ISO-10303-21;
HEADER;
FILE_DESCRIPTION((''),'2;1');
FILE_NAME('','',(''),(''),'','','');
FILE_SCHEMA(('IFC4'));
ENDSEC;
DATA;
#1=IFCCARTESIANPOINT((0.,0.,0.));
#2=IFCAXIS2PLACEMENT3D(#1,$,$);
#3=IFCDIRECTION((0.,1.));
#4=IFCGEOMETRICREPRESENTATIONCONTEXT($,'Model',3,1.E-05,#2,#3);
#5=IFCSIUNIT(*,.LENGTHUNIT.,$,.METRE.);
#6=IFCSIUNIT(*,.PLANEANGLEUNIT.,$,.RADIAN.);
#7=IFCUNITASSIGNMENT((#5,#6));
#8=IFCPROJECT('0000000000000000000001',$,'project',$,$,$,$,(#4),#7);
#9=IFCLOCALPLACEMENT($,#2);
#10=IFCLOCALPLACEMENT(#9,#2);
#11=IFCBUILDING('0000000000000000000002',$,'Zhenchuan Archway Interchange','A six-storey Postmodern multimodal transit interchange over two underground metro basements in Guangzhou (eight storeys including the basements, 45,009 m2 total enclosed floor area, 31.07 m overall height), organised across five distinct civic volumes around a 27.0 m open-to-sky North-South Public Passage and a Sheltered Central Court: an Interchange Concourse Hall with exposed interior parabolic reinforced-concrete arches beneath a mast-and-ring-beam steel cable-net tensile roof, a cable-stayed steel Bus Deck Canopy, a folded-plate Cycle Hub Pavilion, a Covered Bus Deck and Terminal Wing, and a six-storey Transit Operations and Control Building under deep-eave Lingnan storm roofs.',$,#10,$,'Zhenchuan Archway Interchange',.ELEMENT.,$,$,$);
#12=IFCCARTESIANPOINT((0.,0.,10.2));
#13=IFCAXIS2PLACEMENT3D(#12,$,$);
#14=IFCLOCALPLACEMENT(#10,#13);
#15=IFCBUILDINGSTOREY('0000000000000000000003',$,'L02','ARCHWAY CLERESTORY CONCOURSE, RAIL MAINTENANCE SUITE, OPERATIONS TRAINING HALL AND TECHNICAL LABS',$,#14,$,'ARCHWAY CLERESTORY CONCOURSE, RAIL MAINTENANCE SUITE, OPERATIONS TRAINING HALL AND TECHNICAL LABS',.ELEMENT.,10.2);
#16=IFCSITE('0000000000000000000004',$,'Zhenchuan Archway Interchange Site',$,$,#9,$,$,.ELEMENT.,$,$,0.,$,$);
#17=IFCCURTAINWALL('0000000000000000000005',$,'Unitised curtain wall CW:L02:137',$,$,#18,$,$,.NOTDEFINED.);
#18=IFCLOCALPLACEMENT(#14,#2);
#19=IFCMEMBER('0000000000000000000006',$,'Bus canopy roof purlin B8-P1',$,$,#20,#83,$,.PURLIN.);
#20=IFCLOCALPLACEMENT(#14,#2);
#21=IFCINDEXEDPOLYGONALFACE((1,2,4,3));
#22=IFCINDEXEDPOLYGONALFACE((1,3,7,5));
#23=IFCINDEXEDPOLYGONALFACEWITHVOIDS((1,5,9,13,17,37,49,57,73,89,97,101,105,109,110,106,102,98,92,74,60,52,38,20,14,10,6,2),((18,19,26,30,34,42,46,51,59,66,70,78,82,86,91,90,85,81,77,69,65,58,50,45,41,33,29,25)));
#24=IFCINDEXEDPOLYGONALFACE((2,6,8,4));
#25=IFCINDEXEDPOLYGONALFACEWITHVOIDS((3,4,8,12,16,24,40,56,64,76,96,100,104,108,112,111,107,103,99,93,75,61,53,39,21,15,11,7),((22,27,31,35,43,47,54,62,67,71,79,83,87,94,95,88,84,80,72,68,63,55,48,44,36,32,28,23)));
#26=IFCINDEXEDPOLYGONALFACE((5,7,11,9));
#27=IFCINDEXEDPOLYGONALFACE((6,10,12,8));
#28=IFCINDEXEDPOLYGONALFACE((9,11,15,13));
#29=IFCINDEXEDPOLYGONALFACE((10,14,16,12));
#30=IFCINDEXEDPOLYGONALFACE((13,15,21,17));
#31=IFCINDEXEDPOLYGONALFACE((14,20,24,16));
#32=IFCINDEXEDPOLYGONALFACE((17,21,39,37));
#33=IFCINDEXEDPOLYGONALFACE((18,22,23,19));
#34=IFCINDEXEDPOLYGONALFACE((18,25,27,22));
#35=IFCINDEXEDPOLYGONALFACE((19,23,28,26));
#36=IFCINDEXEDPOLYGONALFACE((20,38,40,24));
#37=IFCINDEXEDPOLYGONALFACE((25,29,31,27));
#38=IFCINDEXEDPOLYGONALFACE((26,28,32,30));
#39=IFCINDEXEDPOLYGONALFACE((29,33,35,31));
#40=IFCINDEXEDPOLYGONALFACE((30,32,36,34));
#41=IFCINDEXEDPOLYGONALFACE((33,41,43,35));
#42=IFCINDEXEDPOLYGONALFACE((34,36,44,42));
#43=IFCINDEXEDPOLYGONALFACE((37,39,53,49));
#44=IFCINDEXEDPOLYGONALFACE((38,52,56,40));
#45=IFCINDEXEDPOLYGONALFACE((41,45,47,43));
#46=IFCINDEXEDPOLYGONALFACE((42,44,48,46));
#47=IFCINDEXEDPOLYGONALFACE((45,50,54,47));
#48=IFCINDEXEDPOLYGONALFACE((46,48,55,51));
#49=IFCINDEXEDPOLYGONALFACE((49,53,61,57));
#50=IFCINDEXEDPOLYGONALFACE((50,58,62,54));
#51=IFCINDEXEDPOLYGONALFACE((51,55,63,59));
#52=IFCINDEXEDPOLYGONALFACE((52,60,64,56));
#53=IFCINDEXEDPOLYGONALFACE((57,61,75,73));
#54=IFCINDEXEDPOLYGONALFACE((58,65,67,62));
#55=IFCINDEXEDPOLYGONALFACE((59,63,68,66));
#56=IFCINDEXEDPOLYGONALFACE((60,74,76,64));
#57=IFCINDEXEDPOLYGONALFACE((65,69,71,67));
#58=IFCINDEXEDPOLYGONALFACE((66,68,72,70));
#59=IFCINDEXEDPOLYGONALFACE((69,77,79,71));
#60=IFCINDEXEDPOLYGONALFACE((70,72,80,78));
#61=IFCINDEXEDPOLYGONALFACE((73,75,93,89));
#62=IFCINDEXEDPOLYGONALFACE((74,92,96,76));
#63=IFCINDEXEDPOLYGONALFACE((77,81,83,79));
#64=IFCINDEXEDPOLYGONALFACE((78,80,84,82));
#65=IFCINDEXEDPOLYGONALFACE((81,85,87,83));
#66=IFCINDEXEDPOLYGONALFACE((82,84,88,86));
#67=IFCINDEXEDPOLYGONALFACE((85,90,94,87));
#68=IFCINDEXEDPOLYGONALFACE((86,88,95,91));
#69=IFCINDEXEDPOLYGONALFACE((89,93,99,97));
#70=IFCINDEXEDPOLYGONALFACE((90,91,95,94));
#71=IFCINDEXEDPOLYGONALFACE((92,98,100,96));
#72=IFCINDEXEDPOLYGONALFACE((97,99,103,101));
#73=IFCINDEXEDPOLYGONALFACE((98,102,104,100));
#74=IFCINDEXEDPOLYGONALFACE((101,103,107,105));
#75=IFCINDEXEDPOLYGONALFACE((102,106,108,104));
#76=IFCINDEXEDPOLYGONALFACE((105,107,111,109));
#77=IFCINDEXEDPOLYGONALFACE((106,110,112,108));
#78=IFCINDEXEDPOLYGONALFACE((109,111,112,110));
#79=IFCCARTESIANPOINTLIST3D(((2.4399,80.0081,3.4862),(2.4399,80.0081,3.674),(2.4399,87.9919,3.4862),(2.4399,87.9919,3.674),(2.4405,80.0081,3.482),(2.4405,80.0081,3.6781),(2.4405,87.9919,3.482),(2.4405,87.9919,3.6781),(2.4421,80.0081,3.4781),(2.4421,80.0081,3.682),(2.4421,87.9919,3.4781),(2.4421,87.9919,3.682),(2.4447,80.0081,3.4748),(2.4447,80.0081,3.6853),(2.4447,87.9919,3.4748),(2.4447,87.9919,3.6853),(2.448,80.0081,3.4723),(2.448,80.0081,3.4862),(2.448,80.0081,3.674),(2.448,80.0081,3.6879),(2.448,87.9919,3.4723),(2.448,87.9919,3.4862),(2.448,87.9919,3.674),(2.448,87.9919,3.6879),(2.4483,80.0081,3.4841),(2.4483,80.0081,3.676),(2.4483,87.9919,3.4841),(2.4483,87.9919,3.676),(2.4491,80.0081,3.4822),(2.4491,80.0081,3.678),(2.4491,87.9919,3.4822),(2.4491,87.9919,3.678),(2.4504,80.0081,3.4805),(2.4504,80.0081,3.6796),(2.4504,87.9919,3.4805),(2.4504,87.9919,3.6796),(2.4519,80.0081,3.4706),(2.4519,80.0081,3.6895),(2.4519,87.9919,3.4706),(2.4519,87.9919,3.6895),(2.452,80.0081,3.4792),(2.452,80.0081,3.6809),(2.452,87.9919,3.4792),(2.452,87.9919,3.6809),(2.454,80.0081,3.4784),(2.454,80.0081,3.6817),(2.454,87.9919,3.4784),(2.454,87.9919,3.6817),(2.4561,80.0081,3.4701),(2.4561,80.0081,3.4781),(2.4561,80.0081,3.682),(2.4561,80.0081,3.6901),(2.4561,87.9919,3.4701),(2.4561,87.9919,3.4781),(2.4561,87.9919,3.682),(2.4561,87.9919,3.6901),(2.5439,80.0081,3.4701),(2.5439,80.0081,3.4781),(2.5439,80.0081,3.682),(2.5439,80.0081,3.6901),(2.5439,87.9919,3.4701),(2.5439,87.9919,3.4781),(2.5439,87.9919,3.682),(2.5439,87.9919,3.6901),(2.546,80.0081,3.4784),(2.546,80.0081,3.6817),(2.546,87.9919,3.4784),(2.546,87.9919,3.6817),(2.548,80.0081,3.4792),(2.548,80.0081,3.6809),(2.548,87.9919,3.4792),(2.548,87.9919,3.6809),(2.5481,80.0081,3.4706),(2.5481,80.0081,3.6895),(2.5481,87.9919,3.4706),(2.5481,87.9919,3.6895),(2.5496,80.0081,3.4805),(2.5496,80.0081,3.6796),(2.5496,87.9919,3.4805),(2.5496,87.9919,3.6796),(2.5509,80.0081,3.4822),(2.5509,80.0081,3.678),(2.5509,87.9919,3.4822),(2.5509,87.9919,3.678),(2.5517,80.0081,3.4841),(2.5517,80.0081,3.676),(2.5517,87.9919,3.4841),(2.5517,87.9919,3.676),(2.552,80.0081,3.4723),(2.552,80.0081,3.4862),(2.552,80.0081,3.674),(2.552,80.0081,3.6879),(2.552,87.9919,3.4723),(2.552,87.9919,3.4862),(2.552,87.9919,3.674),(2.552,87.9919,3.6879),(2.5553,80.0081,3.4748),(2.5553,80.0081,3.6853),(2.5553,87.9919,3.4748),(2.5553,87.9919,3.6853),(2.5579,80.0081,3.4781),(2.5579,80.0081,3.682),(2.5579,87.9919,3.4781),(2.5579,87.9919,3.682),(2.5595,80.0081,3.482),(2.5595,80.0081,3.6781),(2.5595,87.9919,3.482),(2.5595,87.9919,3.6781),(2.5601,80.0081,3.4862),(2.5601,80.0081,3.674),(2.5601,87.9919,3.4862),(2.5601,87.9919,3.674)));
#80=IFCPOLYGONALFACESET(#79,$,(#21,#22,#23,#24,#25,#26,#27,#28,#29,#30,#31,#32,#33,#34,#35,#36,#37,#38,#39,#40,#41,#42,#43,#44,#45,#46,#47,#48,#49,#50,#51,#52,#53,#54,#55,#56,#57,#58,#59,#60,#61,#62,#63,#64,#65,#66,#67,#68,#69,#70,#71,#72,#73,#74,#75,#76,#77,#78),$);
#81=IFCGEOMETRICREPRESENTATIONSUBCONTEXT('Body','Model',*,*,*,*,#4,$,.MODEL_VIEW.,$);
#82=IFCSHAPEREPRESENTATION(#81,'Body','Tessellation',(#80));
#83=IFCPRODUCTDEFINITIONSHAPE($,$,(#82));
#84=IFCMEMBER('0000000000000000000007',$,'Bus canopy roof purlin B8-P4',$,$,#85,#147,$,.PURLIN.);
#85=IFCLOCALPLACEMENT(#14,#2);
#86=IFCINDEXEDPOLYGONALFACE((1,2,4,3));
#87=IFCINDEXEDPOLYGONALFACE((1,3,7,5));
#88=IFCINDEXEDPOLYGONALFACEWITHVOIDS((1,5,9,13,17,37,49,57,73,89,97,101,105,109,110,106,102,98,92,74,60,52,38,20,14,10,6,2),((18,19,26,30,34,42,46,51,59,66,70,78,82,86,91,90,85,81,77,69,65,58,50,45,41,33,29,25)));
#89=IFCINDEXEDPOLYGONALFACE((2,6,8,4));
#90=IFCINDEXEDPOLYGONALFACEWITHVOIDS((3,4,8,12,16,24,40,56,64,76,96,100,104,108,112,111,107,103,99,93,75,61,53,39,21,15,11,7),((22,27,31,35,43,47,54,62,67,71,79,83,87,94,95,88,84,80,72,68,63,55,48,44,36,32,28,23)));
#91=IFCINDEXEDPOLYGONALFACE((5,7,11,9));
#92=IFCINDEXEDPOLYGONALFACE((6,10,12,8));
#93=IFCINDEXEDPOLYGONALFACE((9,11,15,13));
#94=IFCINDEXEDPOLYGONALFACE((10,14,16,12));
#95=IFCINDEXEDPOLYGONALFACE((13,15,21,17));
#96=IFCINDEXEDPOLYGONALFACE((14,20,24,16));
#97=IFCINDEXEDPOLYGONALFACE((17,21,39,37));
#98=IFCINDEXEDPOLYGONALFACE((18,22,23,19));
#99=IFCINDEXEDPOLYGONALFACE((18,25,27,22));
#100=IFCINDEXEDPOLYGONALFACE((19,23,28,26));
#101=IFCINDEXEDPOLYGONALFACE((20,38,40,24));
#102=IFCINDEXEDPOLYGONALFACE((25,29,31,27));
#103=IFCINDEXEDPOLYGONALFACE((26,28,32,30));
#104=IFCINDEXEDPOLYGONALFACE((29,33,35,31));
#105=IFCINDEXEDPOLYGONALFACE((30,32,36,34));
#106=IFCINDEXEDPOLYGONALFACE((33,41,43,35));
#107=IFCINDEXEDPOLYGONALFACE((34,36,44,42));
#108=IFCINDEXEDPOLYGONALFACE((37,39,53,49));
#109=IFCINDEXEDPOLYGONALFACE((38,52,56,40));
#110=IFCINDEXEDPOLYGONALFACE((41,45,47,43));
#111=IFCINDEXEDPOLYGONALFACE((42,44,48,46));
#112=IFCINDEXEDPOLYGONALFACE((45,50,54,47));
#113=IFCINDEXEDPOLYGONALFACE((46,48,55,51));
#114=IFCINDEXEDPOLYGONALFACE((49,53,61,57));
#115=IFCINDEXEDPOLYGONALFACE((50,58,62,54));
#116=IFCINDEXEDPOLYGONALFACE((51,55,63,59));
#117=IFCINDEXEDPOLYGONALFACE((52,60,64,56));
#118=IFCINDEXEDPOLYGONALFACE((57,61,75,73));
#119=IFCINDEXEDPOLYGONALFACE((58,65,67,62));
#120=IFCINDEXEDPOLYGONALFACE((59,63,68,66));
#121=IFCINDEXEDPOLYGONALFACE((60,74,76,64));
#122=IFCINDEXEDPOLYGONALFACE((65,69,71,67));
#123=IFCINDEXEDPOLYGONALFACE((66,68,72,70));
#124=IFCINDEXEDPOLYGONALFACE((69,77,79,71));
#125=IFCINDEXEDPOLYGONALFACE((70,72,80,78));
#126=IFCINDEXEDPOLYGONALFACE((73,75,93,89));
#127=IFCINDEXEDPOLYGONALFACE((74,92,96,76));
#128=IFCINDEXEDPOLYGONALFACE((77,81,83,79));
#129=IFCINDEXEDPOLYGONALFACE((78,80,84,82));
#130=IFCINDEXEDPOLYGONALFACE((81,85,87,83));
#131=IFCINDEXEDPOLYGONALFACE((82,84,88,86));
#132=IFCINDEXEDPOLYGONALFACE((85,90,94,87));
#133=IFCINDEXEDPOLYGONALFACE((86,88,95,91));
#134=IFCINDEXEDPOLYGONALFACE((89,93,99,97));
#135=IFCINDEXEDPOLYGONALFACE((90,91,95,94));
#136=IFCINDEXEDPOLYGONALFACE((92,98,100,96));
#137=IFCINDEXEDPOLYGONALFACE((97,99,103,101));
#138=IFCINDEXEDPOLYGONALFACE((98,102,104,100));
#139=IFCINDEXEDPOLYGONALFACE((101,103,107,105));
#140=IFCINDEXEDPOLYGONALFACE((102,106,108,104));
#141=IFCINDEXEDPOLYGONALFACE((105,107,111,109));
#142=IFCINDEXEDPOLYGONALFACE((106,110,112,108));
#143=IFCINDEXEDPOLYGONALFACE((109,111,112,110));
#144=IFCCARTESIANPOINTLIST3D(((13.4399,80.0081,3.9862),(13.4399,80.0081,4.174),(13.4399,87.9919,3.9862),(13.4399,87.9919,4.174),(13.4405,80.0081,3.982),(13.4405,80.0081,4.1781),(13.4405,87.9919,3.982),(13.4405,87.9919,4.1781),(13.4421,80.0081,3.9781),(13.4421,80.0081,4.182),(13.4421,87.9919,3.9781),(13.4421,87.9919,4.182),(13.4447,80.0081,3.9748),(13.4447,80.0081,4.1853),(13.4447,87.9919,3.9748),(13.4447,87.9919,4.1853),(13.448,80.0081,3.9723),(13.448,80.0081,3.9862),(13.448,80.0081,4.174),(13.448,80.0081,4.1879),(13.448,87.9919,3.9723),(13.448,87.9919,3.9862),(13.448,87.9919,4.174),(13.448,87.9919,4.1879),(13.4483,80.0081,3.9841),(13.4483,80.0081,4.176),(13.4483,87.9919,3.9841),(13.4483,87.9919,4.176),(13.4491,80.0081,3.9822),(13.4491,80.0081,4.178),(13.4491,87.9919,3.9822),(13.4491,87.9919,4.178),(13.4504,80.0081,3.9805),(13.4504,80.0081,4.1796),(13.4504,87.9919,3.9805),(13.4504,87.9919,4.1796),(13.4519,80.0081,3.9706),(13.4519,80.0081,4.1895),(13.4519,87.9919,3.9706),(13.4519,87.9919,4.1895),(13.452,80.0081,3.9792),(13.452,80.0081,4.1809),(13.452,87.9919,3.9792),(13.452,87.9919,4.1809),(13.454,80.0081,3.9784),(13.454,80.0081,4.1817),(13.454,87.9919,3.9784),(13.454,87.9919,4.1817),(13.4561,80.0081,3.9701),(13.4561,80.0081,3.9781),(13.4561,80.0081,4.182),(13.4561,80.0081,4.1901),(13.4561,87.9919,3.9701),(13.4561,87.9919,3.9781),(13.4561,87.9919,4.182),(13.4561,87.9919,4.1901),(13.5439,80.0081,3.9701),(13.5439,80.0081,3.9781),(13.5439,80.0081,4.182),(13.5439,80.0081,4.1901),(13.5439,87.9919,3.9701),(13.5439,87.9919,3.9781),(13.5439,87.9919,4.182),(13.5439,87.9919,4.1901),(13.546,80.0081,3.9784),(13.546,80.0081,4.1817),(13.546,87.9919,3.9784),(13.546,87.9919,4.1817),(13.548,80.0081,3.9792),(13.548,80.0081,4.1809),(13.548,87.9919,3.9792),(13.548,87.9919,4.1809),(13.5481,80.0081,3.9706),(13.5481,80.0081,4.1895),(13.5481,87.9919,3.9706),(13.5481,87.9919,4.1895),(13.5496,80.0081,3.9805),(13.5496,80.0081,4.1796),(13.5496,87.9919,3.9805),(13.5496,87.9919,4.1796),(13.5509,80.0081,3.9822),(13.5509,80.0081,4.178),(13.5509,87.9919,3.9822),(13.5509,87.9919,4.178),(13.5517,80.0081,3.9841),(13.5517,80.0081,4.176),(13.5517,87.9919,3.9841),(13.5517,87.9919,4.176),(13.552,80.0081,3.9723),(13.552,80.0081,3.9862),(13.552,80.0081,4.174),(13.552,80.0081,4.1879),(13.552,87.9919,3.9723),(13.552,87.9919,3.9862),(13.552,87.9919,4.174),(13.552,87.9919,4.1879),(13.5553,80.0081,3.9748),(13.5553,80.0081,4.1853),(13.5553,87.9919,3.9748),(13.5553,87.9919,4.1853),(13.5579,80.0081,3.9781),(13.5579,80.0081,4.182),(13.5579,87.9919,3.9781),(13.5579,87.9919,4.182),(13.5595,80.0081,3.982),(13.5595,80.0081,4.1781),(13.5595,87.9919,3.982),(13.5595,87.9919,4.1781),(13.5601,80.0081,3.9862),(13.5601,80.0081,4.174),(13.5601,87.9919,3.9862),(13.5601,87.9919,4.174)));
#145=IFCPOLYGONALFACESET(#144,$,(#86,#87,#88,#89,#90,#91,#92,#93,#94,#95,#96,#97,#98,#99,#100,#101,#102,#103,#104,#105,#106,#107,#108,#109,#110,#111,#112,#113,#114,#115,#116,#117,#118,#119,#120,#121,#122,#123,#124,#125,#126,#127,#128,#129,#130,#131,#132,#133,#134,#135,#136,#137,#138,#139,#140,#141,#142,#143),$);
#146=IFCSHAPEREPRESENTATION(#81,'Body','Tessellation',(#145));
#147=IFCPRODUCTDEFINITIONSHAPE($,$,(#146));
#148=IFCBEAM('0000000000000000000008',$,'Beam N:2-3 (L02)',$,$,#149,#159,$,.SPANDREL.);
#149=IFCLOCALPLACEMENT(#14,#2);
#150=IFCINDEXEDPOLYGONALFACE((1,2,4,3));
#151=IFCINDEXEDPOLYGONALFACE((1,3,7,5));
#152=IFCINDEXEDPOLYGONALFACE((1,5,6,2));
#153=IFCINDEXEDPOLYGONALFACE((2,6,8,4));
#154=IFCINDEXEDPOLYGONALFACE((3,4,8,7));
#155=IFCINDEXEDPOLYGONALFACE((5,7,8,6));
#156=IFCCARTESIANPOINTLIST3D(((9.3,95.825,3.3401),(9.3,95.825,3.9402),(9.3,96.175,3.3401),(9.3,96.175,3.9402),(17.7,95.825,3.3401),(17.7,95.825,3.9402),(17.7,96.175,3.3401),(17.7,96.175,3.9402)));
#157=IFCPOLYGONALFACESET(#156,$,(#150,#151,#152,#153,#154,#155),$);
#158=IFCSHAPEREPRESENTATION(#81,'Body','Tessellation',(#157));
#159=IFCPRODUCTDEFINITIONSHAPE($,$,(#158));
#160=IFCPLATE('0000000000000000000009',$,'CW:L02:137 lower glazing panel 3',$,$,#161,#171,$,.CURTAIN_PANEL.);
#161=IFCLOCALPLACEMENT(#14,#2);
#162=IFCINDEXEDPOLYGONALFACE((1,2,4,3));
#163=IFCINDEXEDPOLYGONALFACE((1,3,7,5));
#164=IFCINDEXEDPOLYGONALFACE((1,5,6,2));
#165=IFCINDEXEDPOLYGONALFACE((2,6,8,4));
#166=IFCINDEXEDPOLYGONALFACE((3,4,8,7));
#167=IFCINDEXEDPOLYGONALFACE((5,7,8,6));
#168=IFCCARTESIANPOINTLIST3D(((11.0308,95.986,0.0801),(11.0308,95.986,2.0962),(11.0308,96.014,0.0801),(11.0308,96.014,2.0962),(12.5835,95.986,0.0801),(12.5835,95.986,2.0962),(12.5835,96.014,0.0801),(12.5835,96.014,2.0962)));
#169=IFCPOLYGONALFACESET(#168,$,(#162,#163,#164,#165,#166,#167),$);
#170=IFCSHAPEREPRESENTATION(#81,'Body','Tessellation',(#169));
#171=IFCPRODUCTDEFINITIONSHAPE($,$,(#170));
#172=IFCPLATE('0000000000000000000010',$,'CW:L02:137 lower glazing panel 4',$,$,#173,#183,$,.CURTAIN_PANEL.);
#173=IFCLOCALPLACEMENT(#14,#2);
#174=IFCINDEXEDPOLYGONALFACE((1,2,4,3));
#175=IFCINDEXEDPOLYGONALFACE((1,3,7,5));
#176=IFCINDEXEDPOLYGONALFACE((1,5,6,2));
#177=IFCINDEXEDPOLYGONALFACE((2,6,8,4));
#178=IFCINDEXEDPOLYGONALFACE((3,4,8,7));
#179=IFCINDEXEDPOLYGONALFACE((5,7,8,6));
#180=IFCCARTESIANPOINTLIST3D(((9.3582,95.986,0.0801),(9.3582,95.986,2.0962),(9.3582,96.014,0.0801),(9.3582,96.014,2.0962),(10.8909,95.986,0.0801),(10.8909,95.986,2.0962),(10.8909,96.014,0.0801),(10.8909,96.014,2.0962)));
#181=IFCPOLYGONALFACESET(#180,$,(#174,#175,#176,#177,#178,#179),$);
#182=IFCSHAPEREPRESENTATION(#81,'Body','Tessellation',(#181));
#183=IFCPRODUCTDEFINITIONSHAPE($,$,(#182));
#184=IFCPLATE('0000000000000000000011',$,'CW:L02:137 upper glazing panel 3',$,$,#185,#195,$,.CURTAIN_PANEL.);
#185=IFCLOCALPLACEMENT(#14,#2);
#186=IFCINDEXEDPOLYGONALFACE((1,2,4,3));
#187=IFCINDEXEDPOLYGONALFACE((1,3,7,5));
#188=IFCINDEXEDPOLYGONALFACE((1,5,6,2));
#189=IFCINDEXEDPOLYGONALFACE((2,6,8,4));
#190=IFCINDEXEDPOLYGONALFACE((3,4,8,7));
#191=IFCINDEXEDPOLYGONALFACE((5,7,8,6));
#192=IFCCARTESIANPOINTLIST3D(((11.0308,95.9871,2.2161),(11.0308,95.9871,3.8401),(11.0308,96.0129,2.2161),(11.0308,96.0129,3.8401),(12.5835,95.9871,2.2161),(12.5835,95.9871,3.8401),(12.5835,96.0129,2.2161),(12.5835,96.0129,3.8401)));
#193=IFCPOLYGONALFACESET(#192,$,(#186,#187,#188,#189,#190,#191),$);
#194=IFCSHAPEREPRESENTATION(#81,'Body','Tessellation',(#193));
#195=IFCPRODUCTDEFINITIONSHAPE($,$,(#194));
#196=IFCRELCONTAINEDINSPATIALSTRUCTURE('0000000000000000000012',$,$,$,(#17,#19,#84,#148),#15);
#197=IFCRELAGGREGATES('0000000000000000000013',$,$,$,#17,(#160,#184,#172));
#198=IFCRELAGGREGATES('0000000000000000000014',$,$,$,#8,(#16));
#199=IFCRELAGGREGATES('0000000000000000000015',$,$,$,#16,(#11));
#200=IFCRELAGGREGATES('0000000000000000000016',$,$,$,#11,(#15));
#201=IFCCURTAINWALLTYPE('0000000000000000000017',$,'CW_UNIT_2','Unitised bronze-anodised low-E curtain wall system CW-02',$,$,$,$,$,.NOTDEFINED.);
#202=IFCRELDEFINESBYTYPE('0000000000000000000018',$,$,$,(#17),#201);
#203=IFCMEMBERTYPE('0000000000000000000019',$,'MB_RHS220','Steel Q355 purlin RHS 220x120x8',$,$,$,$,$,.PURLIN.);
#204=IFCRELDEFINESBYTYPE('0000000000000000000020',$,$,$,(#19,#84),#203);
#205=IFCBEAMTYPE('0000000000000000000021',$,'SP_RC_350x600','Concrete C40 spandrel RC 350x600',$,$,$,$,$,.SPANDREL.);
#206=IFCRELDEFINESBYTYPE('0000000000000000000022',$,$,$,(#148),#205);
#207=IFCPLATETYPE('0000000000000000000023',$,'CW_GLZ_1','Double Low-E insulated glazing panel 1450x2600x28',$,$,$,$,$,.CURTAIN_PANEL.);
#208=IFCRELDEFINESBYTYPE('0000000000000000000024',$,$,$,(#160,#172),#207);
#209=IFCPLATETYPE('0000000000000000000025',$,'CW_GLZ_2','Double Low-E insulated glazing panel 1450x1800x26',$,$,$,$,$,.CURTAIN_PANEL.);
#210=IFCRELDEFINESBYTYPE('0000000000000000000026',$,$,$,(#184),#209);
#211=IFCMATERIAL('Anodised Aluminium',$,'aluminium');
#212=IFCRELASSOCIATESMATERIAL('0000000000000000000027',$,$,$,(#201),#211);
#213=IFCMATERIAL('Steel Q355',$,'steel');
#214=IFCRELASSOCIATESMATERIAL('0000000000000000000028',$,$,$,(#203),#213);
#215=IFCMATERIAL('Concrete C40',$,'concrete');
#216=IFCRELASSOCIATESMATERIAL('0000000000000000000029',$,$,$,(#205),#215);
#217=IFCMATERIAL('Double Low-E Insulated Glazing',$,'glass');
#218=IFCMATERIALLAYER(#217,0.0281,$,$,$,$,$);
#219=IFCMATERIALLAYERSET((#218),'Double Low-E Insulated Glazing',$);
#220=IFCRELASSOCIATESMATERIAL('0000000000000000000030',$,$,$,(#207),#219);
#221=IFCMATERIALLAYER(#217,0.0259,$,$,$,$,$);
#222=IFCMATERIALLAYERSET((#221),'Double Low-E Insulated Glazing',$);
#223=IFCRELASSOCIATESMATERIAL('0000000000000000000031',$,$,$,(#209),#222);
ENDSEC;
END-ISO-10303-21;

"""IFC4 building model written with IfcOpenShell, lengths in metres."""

from ifc_helpers import new_model, si_unit, direction, frame, origin, origin_2d, place, context, subcontext, project, spatial, rectangle, hollow_rectangle, extrude, material, layer, layer_set, material_profile, profile_set, type_object, element, aggregate, save


model = new_model("IFC4")

# Units and contexts
model_context = context("Model", 3, precision=1e-05, world=origin(), true_north=direction((0.0, 1.0)))
body_context = subcontext(model_context, "Body", "Model", "MODEL_VIEW")
ifc_project = project(units=[si_unit("LENGTHUNIT", "METRE"), si_unit("PLANEANGLEUNIT", "RADIAN")], contexts=[model_context])

# Site, building, storey
site_placement = place(None, origin())
site = spatial("IfcSite", under=ifc_project, at=site_placement, Name="Zhenchuan Archway Interchange Site", CompositionType="ELEMENT", RefElevation=0.0)
building_placement = place(site_placement, origin())
building = spatial("IfcBuilding", under=site, at=building_placement, Name="Zhenchuan Archway Interchange", Description="A six-storey Postmodern multimodal transit interchange over two underground metro basements in Guangzhou (eight storeys including the basements, 45,009 m2 total enclosed floor area, 31.07 m overall height), organised across five distinct civic volumes around a 27.0 m open-to-sky North-South Public Passage and a Sheltered Central Court: an Interchange Concourse Hall with exposed interior parabolic reinforced-concrete arches beneath a mast-and-ring-beam steel cable-net tensile roof, a cable-stayed steel Bus Deck Canopy, a folded-plate Cycle Hub Pavilion, a Covered Bus Deck and Terminal Wing, and a six-storey Transit Operations and Control Building under deep-eave Lingnan storm roofs.", LongName="Zhenchuan Archway Interchange", CompositionType="ELEMENT")
storey_placement = place(building_placement, frame((0.0, 0.0, 10.2)))
storey = spatial("IfcBuildingStorey", under=building, at=storey_placement, Name="L02", Description="ARCHWAY CLERESTORY CONCOURSE, RAIL MAINTENANCE SUITE, OPERATIONS TRAINING HALL AND TECHNICAL LABS", LongName="ARCHWAY CLERESTORY CONCOURSE, RAIL MAINTENANCE SUITE, OPERATIONS TRAINING HALL AND TECHNICAL LABS", CompositionType="ELEMENT", Elevation=10.2)

# Shared definitions
ifc_material_1 = material(Name="Concrete C40", Category="concrete")

# Curtain wall
ifc_material_2 = material(Name="Anodised Aluminium", Category="aluminium")
curtain_wall_type = type_object("IfcCurtainWallType", Name="CW_UNIT_2", Description="Unitised bronze-anodised low-E curtain wall system CW-02", PredefinedType="NOTDEFINED", material=ifc_material_2)
curtain_wall_placement = place(storey_placement, origin())
curtain_wall = element("IfcCurtainWall", 1, at=curtain_wall_placement, inside=storey, type_object=curtain_wall_type, Name="Unitised curtain wall CW:L02:137", PredefinedType="NOTDEFINED")

# Members
ifc_material_3 = material(Name="Steel Q355", Category="steel")
ifc_material_profile_1 = material_profile(ifc_material_3, hollow_rectangle(XDim=0.1201, YDim=0.22, WallThickness=0.0081, InnerFilletRadius=0.0081, OuterFilletRadius=0.0161, at=origin_2d()), Name="RHS 220x120x8")
ifc_profile_set_1 = profile_set([ifc_material_profile_1], Name="Steel Q355")
member_type_1 = type_object("IfcMemberType", Name="MB_RHS220", Description="Steel Q355 purlin RHS 220x120x8", PredefinedType="PURLIN", material=ifc_profile_set_1)
for number, where, z_axis, x_axis, name in (
    (2, (2.5, 80.0081, 3.5801), (0.0, 1.0, 0.0), (-1.0, 0.0, 0.0), "Bus canopy roof purlin B8-P1"),
    (3, (13.5, 80.0081, 4.0801), (0.0, 1.0, 0.0), (-1.0, 0.0, 0.0), "Bus canopy roof purlin B8-P4"),
):
    element("IfcMember", number, at=place(storey_placement, frame(where, z_axis=z_axis, x_axis=x_axis)), inside=storey, type_object=member_type_1, Name=name, PredefinedType="PURLIN", context=body_context, shape_type="SweptSolid", body=[
        extrude(hollow_rectangle(XDim=0.1201, YDim=0.22, WallThickness=0.0081, InnerFilletRadius=0.0081, OuterFilletRadius=0.0161, at=origin_2d()), origin(), (0.0, 0.0, 1.0), 7.9839),
    ])

# Beam
ifc_material_profile_2 = material_profile(ifc_material_1, rectangle(XDim=0.3501, YDim=0.6001, at=origin_2d()), Name="RC 350x600")
ifc_profile_set_2 = profile_set([ifc_material_profile_2], Name="Concrete C40")
beam_type = type_object("IfcBeamType", Name="SP_RC_350x600", Description="Concrete C40 spandrel RC 350x600", PredefinedType="SPANDREL", material=ifc_profile_set_2)
beam_placement = place(storey_placement, frame((9.3, 96.0, 3.6401), z_axis=(1.0, 0.0, 0.0), x_axis=(0.0, 1.0, 0.0)))
element("IfcBeam", 4, at=beam_placement, inside=storey, type_object=beam_type, Name="Beam N:2-3 (L02)", PredefinedType="SPANDREL", context=body_context, shape_type="SweptSolid", body=[
    extrude(rectangle(XDim=0.3501, YDim=0.6001, at=origin_2d()), origin(), (0.0, 0.0, 1.0), 8.3999),
])

# Plates
ifc_material_4 = material(Name="Double Low-E Insulated Glazing", Category="glass")
ifc_layer_1 = layer(ifc_material_4, 0.0281)
ifc_layer_set_1 = layer_set([ifc_layer_1], Name="Double Low-E Insulated Glazing")
plate_type_1 = type_object("IfcPlateType", Name="CW_GLZ_1", Description="Double Low-E insulated glazing panel 1450x2600x28", PredefinedType="CURTAIN_PANEL", material=ifc_layer_set_1)
plate_1_placement = place(storey_placement, frame((11.8071, 96.0, 0.0801), z_axis=(0.0, 0.0, 1.0), x_axis=(-1.0, 0.0, 0.0)))
plate_1 = element("IfcPlate", 5, at=plate_1_placement, type_object=plate_type_1, Name="CW:L02:137 lower glazing panel 3", PredefinedType="CURTAIN_PANEL", context=body_context, shape_type="SweptSolid", body=[
    extrude(rectangle(XDim=1.5527, YDim=0.0281, at=origin_2d()), origin(), (0.0, 0.0, 1.0), 2.0161),
])
plate_2_placement = place(storey_placement, frame((10.1245, 96.0, 0.0801), z_axis=(0.0, 0.0, 1.0), x_axis=(-1.0, 0.0, 0.0)))
plate_2 = element("IfcPlate", 6, at=plate_2_placement, type_object=plate_type_1, Name="CW:L02:137 lower glazing panel 4", PredefinedType="CURTAIN_PANEL", context=body_context, shape_type="SweptSolid", body=[
    extrude(rectangle(XDim=1.5327, YDim=0.0281, at=origin_2d()), origin(), (0.0, 0.0, 1.0), 2.0161),
])
ifc_layer_2 = layer(ifc_material_4, 0.0259)
ifc_layer_set_2 = layer_set([ifc_layer_2], Name="Double Low-E Insulated Glazing")
plate_type_2 = type_object("IfcPlateType", Name="CW_GLZ_2", Description="Double Low-E insulated glazing panel 1450x1800x26", PredefinedType="CURTAIN_PANEL", material=ifc_layer_set_2)
plate_3_placement = place(storey_placement, frame((11.8071, 96.0, 2.2161), z_axis=(0.0, 0.0, 1.0), x_axis=(-1.0, 0.0, 0.0)))
plate_3 = element("IfcPlate", 7, at=plate_3_placement, type_object=plate_type_2, Name="CW:L02:137 upper glazing panel 3", PredefinedType="CURTAIN_PANEL", context=body_context, shape_type="SweptSolid", body=[
    extrude(rectangle(XDim=1.5527, YDim=0.0259, at=origin_2d()), origin(), (0.0, 0.0, 1.0), 1.624),
])
aggregate(curtain_wall, [plate_1, plate_3, plate_2])

save(model, "model.ifc")
